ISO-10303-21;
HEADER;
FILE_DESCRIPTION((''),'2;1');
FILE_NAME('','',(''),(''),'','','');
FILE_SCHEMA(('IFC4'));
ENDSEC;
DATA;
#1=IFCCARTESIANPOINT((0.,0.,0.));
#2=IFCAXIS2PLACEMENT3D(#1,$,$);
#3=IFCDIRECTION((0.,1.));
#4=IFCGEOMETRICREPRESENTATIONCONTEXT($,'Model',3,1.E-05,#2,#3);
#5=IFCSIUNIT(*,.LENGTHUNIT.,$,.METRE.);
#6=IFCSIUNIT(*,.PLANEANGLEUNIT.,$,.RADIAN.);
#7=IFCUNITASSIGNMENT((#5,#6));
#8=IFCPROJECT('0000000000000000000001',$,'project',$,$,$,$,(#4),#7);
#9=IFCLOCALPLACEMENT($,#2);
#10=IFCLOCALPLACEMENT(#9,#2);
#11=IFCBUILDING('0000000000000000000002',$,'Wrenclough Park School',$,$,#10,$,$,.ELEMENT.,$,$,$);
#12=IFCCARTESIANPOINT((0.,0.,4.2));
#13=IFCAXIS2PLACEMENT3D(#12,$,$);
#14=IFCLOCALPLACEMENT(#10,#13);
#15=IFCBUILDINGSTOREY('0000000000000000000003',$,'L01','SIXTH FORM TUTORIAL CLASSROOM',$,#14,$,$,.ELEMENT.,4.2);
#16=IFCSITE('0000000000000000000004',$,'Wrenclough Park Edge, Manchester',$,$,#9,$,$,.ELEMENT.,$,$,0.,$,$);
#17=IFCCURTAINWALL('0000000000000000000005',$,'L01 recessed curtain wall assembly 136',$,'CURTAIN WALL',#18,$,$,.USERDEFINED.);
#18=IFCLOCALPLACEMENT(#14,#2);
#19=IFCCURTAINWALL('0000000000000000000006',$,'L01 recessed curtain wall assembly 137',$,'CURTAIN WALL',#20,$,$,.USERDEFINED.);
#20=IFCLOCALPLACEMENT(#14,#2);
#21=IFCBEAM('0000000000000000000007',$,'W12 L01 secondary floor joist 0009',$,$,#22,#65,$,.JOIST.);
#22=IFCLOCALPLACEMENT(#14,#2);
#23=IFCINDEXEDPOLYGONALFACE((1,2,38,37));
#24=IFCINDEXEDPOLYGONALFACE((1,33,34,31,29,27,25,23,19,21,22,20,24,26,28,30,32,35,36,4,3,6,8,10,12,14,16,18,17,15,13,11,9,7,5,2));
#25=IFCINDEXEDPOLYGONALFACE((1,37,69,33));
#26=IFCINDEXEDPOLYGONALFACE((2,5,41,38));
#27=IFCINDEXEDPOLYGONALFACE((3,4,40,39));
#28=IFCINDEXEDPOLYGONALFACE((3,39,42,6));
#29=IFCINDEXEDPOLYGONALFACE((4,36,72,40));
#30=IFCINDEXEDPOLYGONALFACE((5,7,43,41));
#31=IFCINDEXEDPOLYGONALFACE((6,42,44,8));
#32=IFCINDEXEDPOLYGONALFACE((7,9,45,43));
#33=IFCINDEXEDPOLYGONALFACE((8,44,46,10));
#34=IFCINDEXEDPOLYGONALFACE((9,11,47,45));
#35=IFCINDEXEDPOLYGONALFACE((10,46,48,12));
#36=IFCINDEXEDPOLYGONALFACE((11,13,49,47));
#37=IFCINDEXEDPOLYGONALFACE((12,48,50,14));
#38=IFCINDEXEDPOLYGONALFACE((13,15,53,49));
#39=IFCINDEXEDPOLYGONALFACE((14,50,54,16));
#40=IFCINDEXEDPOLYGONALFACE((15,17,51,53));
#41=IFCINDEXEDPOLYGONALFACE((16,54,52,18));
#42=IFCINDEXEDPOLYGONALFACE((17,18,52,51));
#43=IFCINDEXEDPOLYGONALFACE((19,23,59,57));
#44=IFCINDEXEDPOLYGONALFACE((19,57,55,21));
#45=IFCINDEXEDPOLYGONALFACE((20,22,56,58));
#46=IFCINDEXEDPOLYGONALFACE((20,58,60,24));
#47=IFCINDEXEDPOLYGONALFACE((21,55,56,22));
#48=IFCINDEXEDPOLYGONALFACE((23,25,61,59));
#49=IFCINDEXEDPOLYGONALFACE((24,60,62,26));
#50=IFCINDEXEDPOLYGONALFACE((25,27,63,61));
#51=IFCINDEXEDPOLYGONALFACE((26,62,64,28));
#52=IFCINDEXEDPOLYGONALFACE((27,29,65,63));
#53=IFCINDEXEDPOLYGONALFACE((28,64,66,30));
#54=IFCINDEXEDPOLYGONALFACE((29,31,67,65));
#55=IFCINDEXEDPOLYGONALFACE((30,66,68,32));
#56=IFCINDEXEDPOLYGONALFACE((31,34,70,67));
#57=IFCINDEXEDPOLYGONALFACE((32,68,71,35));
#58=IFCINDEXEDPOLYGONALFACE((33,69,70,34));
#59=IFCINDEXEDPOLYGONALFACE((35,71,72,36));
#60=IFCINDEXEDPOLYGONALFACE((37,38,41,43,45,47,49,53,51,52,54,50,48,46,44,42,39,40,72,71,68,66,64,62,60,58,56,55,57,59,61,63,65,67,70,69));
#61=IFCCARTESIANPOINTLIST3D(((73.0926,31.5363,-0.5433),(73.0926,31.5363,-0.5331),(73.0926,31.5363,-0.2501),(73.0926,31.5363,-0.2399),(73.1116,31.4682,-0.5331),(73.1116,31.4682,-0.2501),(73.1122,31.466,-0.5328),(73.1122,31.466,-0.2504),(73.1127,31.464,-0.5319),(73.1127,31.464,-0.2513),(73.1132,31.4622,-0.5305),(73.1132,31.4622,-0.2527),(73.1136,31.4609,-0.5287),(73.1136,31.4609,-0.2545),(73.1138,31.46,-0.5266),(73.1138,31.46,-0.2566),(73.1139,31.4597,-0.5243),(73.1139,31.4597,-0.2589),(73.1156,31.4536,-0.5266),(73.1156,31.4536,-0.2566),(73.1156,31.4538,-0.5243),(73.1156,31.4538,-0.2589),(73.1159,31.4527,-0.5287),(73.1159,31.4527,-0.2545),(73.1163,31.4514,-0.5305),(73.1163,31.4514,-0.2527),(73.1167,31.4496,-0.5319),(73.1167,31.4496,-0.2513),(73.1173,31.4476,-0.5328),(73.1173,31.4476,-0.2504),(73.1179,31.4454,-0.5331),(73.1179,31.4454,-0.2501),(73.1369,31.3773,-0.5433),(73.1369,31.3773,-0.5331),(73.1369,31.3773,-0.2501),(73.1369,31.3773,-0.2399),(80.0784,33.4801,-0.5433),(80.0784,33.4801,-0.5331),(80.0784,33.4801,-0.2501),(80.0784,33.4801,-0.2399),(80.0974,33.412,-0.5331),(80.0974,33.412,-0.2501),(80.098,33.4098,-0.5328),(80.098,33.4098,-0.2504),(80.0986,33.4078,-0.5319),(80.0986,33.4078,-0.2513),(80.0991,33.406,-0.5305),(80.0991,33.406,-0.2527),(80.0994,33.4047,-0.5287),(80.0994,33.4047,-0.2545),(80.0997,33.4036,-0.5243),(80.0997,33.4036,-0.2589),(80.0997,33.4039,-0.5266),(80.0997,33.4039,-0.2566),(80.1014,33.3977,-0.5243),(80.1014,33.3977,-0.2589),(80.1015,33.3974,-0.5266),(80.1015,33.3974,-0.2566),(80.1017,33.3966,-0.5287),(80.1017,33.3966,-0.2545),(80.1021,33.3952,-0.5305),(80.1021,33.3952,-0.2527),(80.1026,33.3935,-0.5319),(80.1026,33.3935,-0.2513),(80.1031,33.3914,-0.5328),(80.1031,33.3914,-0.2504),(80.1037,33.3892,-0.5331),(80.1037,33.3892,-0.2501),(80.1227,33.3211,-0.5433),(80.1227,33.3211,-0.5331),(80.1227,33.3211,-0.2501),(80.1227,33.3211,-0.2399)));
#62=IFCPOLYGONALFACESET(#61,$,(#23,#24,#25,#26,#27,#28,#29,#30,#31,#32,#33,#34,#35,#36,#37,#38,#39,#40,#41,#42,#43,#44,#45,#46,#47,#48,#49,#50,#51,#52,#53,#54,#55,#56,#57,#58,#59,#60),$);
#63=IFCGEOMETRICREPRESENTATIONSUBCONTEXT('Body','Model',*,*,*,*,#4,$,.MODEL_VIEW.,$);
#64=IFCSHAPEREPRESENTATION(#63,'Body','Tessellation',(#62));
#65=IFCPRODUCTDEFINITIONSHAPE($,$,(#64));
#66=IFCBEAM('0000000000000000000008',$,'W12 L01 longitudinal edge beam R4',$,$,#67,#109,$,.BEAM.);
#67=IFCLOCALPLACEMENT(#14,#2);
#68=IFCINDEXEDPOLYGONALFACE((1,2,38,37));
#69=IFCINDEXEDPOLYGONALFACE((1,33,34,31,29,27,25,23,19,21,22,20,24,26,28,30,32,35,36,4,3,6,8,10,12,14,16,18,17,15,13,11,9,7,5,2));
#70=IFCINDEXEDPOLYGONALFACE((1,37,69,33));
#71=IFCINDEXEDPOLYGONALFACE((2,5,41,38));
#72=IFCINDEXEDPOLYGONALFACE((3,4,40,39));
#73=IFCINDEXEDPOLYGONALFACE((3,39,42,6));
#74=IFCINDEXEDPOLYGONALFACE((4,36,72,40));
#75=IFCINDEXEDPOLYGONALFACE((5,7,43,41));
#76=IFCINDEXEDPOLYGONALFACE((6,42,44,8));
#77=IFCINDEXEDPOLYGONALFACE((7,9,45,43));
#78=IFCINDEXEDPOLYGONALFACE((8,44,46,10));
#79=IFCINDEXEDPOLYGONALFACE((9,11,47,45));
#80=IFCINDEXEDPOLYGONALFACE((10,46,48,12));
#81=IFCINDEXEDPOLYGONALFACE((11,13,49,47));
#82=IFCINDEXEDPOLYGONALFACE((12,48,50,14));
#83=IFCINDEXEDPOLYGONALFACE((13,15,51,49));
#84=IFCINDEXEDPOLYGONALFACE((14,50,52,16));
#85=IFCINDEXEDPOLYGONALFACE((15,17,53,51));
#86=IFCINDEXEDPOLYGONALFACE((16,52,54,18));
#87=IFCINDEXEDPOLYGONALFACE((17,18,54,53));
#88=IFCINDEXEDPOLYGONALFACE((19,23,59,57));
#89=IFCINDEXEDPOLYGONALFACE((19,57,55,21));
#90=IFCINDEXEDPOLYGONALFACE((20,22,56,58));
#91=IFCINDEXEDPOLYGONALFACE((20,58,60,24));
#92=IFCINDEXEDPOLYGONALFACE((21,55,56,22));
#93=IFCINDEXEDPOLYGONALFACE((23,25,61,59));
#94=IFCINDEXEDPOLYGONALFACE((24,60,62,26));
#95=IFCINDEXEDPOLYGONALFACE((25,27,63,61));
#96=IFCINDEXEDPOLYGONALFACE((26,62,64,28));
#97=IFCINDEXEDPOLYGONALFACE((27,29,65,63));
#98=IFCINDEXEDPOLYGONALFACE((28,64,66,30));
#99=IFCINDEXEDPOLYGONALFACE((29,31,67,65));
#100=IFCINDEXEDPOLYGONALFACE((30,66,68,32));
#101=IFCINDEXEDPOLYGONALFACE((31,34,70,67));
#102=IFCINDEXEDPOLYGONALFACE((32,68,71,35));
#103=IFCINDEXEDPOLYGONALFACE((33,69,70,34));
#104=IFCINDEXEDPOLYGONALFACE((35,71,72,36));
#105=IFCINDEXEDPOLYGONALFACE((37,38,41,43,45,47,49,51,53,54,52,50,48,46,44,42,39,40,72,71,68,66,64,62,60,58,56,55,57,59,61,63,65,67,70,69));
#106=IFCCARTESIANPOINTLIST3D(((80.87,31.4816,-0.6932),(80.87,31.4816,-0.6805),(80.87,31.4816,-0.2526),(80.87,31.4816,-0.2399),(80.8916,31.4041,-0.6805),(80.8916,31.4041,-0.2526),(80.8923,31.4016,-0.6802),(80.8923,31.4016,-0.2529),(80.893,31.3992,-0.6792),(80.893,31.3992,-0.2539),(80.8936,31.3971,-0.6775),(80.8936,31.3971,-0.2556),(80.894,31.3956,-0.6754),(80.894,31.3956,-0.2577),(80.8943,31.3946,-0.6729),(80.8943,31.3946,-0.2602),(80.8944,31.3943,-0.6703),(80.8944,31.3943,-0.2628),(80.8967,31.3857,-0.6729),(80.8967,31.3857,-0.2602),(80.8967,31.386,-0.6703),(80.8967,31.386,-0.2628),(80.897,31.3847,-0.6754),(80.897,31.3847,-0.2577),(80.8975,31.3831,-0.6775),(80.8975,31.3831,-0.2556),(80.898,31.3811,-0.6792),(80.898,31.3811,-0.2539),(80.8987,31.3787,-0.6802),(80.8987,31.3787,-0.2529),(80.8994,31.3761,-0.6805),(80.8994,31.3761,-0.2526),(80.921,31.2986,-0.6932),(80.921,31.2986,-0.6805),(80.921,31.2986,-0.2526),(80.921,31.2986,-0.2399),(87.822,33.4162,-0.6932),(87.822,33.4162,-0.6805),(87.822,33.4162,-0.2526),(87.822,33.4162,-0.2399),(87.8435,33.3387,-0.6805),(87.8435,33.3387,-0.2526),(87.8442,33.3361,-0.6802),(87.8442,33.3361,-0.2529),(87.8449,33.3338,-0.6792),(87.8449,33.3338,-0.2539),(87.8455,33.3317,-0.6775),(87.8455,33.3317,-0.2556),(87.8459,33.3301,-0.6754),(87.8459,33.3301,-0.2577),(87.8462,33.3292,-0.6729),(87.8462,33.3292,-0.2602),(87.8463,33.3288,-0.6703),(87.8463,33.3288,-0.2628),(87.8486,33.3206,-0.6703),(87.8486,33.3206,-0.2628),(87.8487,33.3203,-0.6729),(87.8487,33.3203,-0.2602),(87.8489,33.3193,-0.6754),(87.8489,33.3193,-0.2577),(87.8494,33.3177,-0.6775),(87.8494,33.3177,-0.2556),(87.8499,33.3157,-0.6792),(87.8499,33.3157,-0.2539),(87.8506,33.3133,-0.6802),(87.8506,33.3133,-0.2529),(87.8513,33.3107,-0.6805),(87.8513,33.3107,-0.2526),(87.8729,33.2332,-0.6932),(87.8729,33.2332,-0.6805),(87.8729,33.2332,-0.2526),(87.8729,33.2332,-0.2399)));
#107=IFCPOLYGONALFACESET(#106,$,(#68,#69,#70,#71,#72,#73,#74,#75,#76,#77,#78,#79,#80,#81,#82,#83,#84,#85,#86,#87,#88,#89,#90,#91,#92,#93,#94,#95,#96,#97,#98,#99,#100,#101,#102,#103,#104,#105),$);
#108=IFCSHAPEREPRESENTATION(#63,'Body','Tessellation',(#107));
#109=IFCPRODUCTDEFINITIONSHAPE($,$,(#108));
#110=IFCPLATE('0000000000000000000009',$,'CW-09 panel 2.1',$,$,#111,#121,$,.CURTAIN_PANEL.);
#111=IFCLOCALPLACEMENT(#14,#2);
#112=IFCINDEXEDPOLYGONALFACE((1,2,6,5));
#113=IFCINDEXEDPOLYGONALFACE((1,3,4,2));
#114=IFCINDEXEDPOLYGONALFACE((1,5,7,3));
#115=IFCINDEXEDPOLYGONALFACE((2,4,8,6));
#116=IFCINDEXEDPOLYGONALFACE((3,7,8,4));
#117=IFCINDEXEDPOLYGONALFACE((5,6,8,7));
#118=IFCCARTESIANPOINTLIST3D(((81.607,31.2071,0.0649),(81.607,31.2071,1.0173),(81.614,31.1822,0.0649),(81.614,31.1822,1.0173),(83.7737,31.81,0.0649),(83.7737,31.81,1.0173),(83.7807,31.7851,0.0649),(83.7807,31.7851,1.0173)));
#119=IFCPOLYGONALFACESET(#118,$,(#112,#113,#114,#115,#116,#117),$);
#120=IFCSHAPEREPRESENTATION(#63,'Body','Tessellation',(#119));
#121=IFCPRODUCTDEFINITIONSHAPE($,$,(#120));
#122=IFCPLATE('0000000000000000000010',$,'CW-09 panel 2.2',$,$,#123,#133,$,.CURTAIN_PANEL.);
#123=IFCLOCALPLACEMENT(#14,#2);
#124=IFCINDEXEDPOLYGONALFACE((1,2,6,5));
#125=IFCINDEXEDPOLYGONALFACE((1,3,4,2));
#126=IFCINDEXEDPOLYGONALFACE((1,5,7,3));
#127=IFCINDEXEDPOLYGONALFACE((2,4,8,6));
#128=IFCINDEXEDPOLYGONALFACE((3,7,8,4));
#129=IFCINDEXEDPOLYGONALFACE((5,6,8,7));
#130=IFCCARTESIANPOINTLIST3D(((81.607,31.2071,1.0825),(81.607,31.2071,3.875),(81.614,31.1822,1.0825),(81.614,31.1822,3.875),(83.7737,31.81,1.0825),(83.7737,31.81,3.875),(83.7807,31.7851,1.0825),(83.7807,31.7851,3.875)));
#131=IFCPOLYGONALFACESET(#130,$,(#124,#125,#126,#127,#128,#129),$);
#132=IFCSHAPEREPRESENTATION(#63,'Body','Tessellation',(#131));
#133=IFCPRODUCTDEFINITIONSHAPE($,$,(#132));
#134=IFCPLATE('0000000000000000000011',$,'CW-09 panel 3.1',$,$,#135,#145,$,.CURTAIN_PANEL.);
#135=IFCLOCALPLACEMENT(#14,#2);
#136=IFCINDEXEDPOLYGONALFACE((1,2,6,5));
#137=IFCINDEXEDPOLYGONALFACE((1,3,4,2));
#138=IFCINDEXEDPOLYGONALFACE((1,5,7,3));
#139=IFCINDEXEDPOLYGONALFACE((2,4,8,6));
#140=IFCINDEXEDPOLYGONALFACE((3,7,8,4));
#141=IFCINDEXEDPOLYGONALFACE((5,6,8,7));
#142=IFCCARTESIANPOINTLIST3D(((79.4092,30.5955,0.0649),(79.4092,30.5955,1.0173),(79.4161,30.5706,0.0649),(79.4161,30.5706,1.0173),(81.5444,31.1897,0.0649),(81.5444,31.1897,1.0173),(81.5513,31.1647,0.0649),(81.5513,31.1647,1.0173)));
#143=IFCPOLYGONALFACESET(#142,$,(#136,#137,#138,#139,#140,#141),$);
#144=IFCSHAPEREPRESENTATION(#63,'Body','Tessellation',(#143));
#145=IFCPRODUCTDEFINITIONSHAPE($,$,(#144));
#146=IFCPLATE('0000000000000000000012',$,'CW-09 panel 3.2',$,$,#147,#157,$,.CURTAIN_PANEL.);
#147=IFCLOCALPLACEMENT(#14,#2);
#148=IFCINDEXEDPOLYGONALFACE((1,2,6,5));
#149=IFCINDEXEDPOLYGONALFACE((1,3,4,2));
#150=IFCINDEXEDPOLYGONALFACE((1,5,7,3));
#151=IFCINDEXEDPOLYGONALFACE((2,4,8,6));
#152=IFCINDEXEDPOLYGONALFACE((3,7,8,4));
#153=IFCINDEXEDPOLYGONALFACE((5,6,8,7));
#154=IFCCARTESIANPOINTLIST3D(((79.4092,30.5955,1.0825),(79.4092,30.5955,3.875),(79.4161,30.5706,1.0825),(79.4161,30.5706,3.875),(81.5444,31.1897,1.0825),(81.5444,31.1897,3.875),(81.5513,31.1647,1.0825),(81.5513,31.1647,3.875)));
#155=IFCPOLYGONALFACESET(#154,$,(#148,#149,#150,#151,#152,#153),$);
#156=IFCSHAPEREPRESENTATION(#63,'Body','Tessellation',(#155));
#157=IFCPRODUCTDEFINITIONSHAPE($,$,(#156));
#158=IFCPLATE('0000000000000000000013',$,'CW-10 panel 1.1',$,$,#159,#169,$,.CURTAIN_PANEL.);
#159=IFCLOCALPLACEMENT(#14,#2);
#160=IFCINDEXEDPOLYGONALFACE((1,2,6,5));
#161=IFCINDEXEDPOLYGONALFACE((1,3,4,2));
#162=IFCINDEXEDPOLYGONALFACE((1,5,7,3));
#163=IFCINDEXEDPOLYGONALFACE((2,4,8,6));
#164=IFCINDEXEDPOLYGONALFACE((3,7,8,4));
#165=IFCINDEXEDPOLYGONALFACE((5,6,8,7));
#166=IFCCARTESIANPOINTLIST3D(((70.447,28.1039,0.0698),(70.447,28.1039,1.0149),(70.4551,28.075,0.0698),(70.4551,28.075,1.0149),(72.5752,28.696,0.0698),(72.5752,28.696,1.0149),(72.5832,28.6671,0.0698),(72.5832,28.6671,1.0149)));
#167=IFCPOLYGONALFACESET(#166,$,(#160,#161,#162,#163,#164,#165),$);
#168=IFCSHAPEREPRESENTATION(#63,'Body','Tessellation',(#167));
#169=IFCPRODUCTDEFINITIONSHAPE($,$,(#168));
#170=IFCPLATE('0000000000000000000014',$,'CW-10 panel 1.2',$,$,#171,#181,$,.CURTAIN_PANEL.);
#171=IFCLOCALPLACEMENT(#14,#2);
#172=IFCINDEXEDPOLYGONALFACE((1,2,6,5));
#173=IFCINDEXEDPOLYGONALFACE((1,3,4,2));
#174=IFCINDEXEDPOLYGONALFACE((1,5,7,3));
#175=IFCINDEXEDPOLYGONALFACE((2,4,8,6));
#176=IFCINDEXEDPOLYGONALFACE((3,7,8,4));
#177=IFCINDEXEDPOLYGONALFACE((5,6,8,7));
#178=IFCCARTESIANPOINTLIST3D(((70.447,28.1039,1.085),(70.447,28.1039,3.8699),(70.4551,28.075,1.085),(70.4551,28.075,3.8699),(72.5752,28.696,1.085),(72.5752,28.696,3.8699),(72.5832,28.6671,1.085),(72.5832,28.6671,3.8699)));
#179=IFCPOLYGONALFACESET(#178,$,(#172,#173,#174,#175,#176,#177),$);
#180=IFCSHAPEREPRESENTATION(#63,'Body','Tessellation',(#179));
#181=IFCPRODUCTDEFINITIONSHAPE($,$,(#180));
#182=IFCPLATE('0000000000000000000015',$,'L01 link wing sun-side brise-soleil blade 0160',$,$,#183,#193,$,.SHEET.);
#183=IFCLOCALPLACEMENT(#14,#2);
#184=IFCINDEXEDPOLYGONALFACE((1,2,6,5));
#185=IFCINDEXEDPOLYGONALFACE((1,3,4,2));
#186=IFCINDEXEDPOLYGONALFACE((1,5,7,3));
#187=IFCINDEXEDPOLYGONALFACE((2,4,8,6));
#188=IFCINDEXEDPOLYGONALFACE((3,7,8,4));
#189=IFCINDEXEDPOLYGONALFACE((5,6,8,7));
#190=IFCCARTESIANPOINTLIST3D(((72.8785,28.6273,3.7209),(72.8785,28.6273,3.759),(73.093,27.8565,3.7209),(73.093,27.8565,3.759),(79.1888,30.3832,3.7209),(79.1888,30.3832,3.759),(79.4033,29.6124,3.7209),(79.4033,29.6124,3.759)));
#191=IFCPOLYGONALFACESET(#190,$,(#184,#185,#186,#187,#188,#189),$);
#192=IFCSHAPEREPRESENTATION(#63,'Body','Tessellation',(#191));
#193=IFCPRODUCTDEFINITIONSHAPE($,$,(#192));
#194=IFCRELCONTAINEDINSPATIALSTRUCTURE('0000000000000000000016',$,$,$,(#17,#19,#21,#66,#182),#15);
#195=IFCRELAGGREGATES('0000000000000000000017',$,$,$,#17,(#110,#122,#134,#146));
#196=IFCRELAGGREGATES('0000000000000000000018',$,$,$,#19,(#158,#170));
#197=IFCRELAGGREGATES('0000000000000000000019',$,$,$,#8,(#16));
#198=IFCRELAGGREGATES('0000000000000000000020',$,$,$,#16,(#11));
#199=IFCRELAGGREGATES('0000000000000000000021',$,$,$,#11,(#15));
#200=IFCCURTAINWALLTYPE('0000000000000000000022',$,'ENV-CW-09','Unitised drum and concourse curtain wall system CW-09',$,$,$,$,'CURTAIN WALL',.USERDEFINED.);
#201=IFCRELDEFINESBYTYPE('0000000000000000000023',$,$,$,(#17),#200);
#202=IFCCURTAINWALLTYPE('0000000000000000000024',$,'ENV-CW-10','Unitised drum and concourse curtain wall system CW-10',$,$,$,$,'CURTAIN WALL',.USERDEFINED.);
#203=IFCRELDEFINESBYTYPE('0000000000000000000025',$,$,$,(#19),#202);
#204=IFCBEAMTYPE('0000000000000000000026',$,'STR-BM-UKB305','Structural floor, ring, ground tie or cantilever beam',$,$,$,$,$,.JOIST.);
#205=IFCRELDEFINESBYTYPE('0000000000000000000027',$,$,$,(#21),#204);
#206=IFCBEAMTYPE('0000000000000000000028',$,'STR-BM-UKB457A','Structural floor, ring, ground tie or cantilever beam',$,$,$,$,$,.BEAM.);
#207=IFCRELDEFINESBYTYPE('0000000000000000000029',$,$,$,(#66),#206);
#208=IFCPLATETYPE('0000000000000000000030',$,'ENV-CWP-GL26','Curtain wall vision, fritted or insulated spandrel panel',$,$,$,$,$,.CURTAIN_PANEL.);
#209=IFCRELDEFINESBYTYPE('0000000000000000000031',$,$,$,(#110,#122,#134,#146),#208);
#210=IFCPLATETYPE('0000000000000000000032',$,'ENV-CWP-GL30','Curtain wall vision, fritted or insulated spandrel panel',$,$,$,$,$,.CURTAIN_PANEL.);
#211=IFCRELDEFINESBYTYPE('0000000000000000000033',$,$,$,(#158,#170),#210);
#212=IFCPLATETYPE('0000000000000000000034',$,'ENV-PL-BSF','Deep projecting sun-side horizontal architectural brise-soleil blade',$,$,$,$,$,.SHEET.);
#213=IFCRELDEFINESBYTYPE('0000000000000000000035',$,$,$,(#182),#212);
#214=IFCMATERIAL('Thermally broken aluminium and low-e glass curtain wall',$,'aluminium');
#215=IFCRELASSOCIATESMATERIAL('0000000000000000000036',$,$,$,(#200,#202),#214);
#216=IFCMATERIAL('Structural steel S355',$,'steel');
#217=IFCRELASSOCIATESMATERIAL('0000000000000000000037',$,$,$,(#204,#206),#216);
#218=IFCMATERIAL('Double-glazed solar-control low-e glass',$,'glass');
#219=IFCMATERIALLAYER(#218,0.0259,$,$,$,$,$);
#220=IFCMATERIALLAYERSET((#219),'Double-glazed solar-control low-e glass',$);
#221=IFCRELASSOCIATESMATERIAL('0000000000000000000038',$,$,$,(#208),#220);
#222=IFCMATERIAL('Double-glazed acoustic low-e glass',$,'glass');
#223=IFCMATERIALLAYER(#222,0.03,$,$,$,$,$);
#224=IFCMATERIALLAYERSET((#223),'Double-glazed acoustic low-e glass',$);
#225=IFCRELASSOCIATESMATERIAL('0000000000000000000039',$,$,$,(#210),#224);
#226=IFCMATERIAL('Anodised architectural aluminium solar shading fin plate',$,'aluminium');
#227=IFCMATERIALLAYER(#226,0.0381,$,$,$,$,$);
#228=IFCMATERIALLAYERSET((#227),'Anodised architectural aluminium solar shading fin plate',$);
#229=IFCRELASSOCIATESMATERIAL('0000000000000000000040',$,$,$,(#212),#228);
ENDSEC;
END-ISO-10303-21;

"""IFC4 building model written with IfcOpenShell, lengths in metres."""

from ifc_helpers import new_model, si_unit, direction, frame, origin, origin_2d, place, context, subcontext, project, spatial, rectangle, i_section, extrude, material, layer, layer_set, material_profile, profile_set, type_object, element, aggregate, save


model = new_model("IFC4")

# Units and contexts
model_context = context("Model", 3, precision=1e-05, world=origin(), true_north=direction((0.0, 1.0)))
body_context = subcontext(model_context, "Body", "Model", "MODEL_VIEW")
ifc_project = project(units=[si_unit("LENGTHUNIT", "METRE"), si_unit("PLANEANGLEUNIT", "RADIAN")], contexts=[model_context])

# Site, building, storey
site_placement = place(None, origin())
site = spatial("IfcSite", under=ifc_project, at=site_placement, Name="Wrenclough Park Edge, Manchester", CompositionType="ELEMENT", RefElevation=0.0)
building_placement = place(site_placement, origin())
building = spatial("IfcBuilding", under=site, at=building_placement, Name="Wrenclough Park School", CompositionType="ELEMENT")
storey_placement = place(building_placement, frame((0.0, 0.0, 4.2)))
storey = spatial("IfcBuildingStorey", under=building, at=storey_placement, Name="L01", Description="SIXTH FORM TUTORIAL CLASSROOM", CompositionType="ELEMENT", Elevation=4.2)

# Shared definitions
ifc_material_1 = material(Name="Structural steel S355", Category="steel")

# Curtain walls
ifc_material_2 = material(Name="Thermally broken aluminium and low-e glass curtain wall", Category="aluminium")
curtain_wall_type_1 = type_object("IfcCurtainWallType", Name="ENV-CW-09", Description="Unitised drum and concourse curtain wall system CW-09", ElementType="CURTAIN WALL", PredefinedType="USERDEFINED", material=ifc_material_2)
curtain_wall_1_placement = place(storey_placement, origin())
curtain_wall_1 = element("IfcCurtainWall", 1, at=curtain_wall_1_placement, inside=storey, type_object=curtain_wall_type_1, Name="L01 recessed curtain wall assembly 136", ObjectType="CURTAIN WALL", PredefinedType="USERDEFINED")
curtain_wall_type_2 = type_object("IfcCurtainWallType", Name="ENV-CW-10", Description="Unitised drum and concourse curtain wall system CW-10", ElementType="CURTAIN WALL", PredefinedType="USERDEFINED", material=ifc_material_2)
curtain_wall_2_placement = place(storey_placement, origin())
curtain_wall_2 = element("IfcCurtainWall", 2, at=curtain_wall_2_placement, inside=storey, type_object=curtain_wall_type_2, Name="L01 recessed curtain wall assembly 137", ObjectType="CURTAIN WALL", PredefinedType="USERDEFINED")

# Beams
ifc_material_profile_1 = material_profile(ifc_material_1, i_section(OverallWidth=0.165, OverallDepth=0.3035, WebThickness=0.0061, FlangeThickness=0.0103, FilletRadius=0.0088, at=origin_2d()), Name="UKB 305x165x40")
ifc_profile_set_1 = profile_set([ifc_material_profile_1], Name="Structural steel S355")
beam_type_1 = type_object("IfcBeamType", Name="STR-BM-UKB305", Description="Structural floor, ring, ground tie or cantilever beam", PredefinedType="JOIST", material=ifc_profile_set_1)
beam_1_placement = place(storey_placement, frame((73.1147, 31.4568, -0.3916), z_axis=(0.963399, 0.268071, 0.0), x_axis=(-0.268071, 0.963399, 0.0)))
element("IfcBeam", 3, at=beam_1_placement, inside=storey, type_object=beam_type_1, Name="W12 L01 secondary floor joist 0009", PredefinedType="JOIST", context=body_context, shape_type="SweptSolid", body=[
    extrude(i_section(OverallWidth=0.165, OverallDepth=0.3035, WebThickness=0.0061, FlangeThickness=0.0103, FilletRadius=0.0088, at=origin_2d()), origin(), (0.0, 0.0, 1.0), 7.2512),
])
ifc_material_profile_2 = material_profile(ifc_material_1, i_section(OverallWidth=0.1899, OverallDepth=0.4534, WebThickness=0.0085, FlangeThickness=0.0127, FilletRadius=0.0103, at=origin_2d()), Name="UKB 457x191x67")
ifc_profile_set_2 = profile_set([ifc_material_profile_2], Name="Structural steel S355")
beam_type_2 = type_object("IfcBeamType", Name="STR-BM-UKB457A", Description="Structural floor, ring, ground tie or cantilever beam", PredefinedType="BEAM", material=ifc_profile_set_2)
beam_2_placement = place(storey_placement, frame((80.8955, 31.3901, -0.4666), z_axis=(0.963393, 0.268092, 0.0), x_axis=(-0.268092, 0.963393, 0.0)))
element("IfcBeam", 4, at=beam_2_placement, inside=storey, type_object=beam_type_2, Name="W12 L01 longitudinal edge beam R4", PredefinedType="BEAM", context=body_context, shape_type="SweptSolid", body=[
    extrude(i_section(OverallWidth=0.1899, OverallDepth=0.4534, WebThickness=0.0085, FlangeThickness=0.0127, FilletRadius=0.0103, at=origin_2d()), origin(), (0.0, 0.0, 1.0), 7.2161),
])

# Plates
ifc_material_3 = material(Name="Double-glazed solar-control low-e glass", Category="glass")
ifc_layer_1 = layer(ifc_material_3, 0.0259)
ifc_layer_set_1 = layer_set([ifc_layer_1], Name="Double-glazed solar-control low-e glass")
plate_type_1 = type_object("IfcPlateType", Name="ENV-CWP-GL26", Description="Curtain wall vision, fritted or insulated spandrel panel", PredefinedType="CURTAIN_PANEL", material=ifc_layer_set_1)
plate_1_placement = place(storey_placement, frame((82.6938, 31.4961, 0.0649), z_axis=(0.0, 0.0, 1.0), x_axis=(-0.963399, -0.268073, 0.0)))
plate_1 = element("IfcPlate", 5, at=plate_1_placement, type_object=plate_type_1, Name="CW-09 panel 2.1", PredefinedType="CURTAIN_PANEL", context=body_context, shape_type="SweptSolid", body=[
    extrude(rectangle(XDim=2.249, YDim=0.0259, at=origin_2d()), origin(), (0.0, 0.0, 1.0), 0.9524),
])
plate_2_placement = place(storey_placement, frame((82.6938, 31.4961, 1.0825), z_axis=(0.0, 0.0, 1.0), x_axis=(-0.963399, -0.268073, 0.0)))
plate_2 = element("IfcPlate", 6, at=plate_2_placement, type_object=plate_type_1, Name="CW-09 panel 2.2", PredefinedType="CURTAIN_PANEL", context=body_context, shape_type="SweptSolid", body=[
    extrude(rectangle(XDim=2.249, YDim=0.0259, at=origin_2d()), origin(), (0.0, 0.0, 1.0), 2.7925),
])
plate_3_placement = place(storey_placement, frame((80.4802, 30.8801, 0.0649), z_axis=(0.0, 0.0, 1.0), x_axis=(-0.963399, -0.268073, 0.0)))
plate_3 = element("IfcPlate", 7, at=plate_3_placement, type_object=plate_type_1, Name="CW-09 panel 3.1", PredefinedType="CURTAIN_PANEL", context=body_context, shape_type="SweptSolid", body=[
    extrude(rectangle(XDim=2.2163, YDim=0.0259, at=origin_2d()), origin(), (0.0, 0.0, 1.0), 0.9524),
])
plate_4_placement = place(storey_placement, frame((80.4802, 30.8801, 1.0825), z_axis=(0.0, 0.0, 1.0), x_axis=(-0.963399, -0.268073, 0.0)))
plate_4 = element("IfcPlate", 8, at=plate_4_placement, type_object=plate_type_1, Name="CW-09 panel 3.2", PredefinedType="CURTAIN_PANEL", context=body_context, shape_type="SweptSolid", body=[
    extrude(rectangle(XDim=2.2163, YDim=0.0259, at=origin_2d()), origin(), (0.0, 0.0, 1.0), 2.7925),
])
aggregate(curtain_wall_1, [plate_1, plate_2, plate_3, plate_4])
ifc_material_4 = material(Name="Double-glazed acoustic low-e glass", Category="glass")
ifc_layer_2 = layer(ifc_material_4, 0.03)
ifc_layer_set_2 = layer_set([ifc_layer_2], Name="Double-glazed acoustic low-e glass")
plate_type_2 = type_object("IfcPlateType", Name="ENV-CWP-GL30", Description="Curtain wall vision, fritted or insulated spandrel panel", PredefinedType="CURTAIN_PANEL", material=ifc_layer_set_2)
plate_5_placement = place(storey_placement, frame((71.5151, 28.3855, 0.0698), z_axis=(0.0, 0.0, 1.0), x_axis=(-0.963402, -0.268059, 0.0)))
plate_5 = element("IfcPlate", 9, at=plate_5_placement, type_object=plate_type_2, Name="CW-10 panel 1.1", PredefinedType="CURTAIN_PANEL", context=body_context, shape_type="SweptSolid", body=[
    extrude(rectangle(XDim=2.209, YDim=0.03, at=origin_2d()), origin(), (0.0, 0.0, 1.0), 0.9451),
])
plate_6_placement = place(storey_placement, frame((71.5151, 28.3855, 1.085), z_axis=(0.0, 0.0, 1.0), x_axis=(-0.963402, -0.268059, 0.0)))
plate_6 = element("IfcPlate", 10, at=plate_6_placement, type_object=plate_type_2, Name="CW-10 panel 1.2", PredefinedType="CURTAIN_PANEL", context=body_context, shape_type="SweptSolid", body=[
    extrude(rectangle(XDim=2.209, YDim=0.03, at=origin_2d()), origin(), (0.0, 0.0, 1.0), 2.7849),
])
aggregate(curtain_wall_2, [plate_5, plate_6])
ifc_material_5 = material(Name="Anodised architectural aluminium solar shading fin plate", Category="aluminium")
ifc_layer_3 = layer(ifc_material_5, 0.0381)
ifc_layer_set_3 = layer_set([ifc_layer_3], Name="Anodised architectural aluminium solar shading fin plate")
plate_type_3 = type_object("IfcPlateType", Name="ENV-PL-BSF", Description="Deep projecting sun-side horizontal architectural brise-soleil blade", PredefinedType="SHEET", material=ifc_layer_set_3)
plate_7_placement = place(storey_placement, frame((76.1409, 29.1199, 3.7209), z_axis=(0.0, 0.0, 1.0), x_axis=(-0.963399, -0.268073, 0.0)))
element("IfcPlate", 11, at=plate_7_placement, inside=storey, type_object=plate_type_3, Name="L01 link wing sun-side brise-soleil blade 0160", PredefinedType="SHEET", context=body_context, shape_type="SweptSolid", body=[
    extrude(rectangle(XDim=6.55, YDim=0.8, at=origin_2d()), origin(), (0.0, 0.0, 1.0), 0.0381),
])

save(model, "model.ifc")
